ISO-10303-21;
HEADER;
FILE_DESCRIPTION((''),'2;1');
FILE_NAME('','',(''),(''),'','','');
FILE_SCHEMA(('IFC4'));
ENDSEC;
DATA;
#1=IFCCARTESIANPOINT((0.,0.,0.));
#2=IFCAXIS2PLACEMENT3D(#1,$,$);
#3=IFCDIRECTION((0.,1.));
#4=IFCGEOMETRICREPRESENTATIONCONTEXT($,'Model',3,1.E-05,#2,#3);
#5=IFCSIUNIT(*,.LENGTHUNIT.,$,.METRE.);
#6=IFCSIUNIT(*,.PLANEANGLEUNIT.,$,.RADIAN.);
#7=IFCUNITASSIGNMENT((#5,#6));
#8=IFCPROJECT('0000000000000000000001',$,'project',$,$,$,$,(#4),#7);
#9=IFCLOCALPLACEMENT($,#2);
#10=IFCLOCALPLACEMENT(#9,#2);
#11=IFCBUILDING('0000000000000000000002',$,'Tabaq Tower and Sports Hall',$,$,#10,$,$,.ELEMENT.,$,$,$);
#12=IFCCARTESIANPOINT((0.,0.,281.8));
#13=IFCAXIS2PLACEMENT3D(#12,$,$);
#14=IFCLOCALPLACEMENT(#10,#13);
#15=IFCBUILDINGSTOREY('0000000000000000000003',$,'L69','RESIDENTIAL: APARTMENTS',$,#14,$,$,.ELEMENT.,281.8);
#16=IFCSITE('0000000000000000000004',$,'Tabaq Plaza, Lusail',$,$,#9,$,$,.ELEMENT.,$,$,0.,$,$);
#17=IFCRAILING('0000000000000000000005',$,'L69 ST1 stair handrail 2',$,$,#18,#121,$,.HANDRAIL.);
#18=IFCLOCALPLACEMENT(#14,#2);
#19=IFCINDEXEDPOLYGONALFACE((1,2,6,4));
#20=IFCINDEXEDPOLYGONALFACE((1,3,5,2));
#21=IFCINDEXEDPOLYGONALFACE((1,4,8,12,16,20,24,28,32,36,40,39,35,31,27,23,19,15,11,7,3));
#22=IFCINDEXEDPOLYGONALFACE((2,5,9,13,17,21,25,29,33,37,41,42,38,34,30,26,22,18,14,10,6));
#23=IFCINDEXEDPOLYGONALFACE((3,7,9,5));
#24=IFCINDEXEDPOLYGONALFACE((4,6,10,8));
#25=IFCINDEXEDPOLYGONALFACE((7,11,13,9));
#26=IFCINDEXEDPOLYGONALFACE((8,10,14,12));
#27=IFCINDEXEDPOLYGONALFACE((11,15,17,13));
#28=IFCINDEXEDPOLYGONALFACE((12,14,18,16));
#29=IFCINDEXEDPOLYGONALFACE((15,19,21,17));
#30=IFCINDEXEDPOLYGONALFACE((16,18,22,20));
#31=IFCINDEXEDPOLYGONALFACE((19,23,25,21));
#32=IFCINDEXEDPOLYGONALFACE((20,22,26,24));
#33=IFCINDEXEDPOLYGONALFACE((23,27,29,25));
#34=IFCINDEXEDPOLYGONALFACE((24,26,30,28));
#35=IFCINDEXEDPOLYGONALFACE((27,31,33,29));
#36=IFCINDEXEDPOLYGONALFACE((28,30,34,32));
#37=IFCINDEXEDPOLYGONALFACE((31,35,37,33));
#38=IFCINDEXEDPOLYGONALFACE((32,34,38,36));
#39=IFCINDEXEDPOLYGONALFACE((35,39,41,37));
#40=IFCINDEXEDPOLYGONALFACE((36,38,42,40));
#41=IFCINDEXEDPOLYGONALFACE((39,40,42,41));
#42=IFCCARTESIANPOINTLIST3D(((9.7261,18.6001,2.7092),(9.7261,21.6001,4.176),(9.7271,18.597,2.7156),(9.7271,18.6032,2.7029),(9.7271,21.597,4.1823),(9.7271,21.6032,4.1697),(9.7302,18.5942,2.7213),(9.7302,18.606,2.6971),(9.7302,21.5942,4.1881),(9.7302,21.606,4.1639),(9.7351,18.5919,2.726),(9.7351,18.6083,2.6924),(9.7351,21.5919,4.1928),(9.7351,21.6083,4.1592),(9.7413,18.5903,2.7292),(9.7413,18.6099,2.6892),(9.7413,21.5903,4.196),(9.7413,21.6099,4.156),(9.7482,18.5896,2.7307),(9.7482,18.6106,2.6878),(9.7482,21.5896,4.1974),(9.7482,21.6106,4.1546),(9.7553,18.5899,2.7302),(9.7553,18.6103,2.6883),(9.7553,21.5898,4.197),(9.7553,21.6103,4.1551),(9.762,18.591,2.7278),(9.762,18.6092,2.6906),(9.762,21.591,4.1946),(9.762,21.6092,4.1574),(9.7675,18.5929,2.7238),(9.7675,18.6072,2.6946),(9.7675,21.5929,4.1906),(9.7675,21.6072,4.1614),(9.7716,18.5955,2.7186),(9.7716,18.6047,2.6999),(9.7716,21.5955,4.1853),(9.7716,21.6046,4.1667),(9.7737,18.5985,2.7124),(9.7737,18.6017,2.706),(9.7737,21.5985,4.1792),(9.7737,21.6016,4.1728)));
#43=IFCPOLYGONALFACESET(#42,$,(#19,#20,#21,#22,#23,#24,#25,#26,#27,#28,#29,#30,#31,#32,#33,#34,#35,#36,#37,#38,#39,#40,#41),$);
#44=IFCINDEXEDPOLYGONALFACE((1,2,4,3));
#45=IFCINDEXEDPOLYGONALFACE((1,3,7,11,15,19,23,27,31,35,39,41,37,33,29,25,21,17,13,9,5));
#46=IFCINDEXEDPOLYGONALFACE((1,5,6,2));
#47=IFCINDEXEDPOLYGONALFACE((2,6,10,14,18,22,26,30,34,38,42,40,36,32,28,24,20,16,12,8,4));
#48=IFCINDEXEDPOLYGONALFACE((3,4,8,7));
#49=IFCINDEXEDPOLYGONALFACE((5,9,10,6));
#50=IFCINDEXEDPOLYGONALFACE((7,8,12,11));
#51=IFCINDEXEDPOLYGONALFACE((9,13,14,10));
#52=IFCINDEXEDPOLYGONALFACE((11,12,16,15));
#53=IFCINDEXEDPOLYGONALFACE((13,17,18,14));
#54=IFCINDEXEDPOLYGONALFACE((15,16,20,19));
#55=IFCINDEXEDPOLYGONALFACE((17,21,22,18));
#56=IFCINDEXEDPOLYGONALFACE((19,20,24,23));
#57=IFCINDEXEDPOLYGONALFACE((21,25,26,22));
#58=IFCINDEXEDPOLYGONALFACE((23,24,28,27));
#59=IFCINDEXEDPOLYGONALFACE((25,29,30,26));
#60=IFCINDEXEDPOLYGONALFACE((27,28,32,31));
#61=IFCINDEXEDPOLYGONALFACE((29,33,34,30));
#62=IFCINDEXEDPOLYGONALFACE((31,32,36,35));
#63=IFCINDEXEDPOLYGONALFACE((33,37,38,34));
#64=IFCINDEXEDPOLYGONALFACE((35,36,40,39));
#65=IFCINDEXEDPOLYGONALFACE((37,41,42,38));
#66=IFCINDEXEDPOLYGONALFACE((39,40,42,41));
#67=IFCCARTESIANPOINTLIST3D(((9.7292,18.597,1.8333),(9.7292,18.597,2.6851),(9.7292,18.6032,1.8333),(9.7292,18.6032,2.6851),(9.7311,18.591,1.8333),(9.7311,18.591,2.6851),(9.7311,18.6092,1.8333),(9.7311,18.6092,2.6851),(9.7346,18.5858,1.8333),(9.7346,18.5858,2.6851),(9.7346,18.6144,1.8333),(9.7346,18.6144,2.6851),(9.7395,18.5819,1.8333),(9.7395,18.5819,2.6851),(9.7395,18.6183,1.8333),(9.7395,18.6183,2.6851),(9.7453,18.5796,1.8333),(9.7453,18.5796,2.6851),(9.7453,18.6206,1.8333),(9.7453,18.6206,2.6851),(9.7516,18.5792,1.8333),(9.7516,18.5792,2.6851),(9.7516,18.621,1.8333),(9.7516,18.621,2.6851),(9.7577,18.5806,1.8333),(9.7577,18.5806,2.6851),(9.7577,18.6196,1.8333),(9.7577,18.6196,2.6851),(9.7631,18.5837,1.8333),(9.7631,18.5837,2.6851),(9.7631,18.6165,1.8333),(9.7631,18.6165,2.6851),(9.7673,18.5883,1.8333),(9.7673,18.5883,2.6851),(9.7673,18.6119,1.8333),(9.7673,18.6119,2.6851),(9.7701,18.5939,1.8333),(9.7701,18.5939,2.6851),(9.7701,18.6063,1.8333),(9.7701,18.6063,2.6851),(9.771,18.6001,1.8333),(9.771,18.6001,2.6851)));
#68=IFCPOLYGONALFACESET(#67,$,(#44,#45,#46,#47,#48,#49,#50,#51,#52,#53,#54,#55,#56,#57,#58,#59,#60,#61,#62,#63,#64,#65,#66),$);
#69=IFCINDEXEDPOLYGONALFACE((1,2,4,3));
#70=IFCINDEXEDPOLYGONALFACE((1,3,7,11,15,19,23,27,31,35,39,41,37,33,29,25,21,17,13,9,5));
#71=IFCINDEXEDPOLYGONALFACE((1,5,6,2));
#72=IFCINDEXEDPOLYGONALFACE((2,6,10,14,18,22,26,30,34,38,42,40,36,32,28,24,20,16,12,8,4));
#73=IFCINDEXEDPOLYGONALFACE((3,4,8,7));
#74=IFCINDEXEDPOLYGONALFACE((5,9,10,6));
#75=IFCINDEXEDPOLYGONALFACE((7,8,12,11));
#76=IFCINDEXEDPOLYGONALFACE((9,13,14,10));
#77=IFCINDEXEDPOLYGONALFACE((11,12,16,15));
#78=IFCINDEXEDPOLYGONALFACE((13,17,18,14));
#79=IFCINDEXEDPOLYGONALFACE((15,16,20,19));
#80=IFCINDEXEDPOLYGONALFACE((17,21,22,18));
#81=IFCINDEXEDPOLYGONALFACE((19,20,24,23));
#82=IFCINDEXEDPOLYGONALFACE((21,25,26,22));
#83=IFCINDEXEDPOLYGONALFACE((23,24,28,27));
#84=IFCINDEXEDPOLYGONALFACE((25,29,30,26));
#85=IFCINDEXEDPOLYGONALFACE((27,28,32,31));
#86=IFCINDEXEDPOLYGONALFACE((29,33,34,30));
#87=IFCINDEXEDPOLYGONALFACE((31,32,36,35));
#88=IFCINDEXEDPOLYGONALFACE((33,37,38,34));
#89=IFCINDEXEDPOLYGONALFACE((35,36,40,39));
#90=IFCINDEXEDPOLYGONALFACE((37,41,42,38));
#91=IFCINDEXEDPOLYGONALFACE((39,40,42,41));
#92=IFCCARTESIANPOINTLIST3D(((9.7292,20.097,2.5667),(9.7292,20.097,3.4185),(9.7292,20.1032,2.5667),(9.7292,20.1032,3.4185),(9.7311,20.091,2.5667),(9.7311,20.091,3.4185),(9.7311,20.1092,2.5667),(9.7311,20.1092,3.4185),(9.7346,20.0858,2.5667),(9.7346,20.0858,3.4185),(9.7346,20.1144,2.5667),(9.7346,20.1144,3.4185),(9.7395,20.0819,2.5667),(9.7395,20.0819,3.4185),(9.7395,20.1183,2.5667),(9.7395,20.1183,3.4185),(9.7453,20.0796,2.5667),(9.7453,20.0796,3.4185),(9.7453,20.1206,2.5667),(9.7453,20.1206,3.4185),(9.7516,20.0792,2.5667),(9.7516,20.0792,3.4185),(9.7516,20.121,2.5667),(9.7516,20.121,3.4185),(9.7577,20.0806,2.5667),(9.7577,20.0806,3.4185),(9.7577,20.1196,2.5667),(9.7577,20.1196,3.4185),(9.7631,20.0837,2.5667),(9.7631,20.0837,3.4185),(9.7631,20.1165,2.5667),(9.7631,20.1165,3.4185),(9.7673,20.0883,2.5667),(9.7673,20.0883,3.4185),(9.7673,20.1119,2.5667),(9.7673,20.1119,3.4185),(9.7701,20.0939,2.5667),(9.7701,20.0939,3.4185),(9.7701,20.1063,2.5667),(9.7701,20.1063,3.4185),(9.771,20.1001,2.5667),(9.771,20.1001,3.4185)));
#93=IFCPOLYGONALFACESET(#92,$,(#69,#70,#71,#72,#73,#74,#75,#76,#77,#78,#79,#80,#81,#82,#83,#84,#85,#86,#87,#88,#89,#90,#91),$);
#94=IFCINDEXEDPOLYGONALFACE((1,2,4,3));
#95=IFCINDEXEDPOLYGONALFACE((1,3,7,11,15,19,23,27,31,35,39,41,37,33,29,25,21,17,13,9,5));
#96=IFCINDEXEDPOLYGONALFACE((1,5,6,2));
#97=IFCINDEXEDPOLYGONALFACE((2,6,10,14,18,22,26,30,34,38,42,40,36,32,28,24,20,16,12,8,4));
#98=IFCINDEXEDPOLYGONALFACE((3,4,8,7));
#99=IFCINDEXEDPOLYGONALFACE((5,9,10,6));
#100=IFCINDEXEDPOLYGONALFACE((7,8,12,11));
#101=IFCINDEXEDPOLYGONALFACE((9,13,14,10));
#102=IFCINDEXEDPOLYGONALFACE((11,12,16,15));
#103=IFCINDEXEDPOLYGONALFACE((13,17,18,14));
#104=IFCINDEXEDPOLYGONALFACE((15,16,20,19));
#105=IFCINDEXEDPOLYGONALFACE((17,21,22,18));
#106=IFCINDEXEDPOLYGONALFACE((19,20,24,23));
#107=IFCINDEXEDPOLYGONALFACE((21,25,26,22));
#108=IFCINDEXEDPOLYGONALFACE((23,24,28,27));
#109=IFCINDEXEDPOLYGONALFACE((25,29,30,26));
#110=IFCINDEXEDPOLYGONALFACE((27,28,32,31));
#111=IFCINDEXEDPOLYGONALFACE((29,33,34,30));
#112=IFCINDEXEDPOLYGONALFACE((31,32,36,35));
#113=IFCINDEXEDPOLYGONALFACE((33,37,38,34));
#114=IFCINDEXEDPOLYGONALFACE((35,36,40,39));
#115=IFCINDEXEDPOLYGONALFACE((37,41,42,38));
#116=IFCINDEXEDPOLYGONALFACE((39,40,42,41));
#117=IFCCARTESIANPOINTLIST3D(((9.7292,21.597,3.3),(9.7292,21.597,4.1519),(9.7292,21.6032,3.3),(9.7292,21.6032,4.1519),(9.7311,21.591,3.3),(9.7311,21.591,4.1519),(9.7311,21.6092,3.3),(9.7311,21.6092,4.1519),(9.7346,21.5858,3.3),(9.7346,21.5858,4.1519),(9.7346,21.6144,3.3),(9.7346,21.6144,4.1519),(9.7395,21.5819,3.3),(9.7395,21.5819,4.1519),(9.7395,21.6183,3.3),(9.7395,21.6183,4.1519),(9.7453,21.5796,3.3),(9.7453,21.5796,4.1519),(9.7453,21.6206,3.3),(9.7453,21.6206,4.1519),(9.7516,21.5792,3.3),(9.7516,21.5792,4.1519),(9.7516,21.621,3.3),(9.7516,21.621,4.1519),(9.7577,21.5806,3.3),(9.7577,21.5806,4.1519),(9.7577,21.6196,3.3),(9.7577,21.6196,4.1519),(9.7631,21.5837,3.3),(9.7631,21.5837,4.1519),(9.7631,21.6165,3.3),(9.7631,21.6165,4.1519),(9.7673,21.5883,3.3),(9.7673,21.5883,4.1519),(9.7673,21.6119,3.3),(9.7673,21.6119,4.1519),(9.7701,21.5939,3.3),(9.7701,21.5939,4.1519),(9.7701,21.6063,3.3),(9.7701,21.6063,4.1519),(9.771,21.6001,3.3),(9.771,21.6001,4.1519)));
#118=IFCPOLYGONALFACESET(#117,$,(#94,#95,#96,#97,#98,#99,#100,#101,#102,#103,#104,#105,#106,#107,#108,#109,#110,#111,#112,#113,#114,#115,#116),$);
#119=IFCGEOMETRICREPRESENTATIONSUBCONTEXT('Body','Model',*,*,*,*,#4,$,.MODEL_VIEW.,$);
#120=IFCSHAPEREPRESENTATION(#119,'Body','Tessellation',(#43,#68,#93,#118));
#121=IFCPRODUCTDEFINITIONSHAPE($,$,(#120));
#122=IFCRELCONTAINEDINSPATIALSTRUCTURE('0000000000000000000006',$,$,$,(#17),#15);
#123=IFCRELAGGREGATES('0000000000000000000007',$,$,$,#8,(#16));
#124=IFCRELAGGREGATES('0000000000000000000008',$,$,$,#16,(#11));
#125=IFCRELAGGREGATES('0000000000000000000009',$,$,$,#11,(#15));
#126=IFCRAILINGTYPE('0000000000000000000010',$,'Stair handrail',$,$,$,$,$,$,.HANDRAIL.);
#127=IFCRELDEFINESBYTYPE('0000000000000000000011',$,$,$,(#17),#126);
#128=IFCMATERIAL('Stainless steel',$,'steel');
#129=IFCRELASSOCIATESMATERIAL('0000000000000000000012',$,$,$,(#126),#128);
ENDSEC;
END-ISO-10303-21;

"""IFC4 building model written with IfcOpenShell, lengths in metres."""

from ifc_helpers import new_model, si_unit, direction, frame, origin, origin_2d, place, context, subcontext, project, spatial, circle, extrude, material, type_object, element, save


model = new_model("IFC4")

# Units and contexts
model_context = context("Model", 3, precision=1e-05, world=origin(), true_north=direction((0.0, 1.0)))
body_context = subcontext(model_context, "Body", "Model", "MODEL_VIEW")
ifc_project = project(units=[si_unit("LENGTHUNIT", "METRE"), si_unit("PLANEANGLEUNIT", "RADIAN")], contexts=[model_context])

# Site, building, storey
site_placement = place(None, origin())
site = spatial("IfcSite", under=ifc_project, at=site_placement, Name="Tabaq Plaza, Lusail", CompositionType="ELEMENT", RefElevation=0.0)
building_placement = place(site_placement, origin())
building = spatial("IfcBuilding", under=site, at=building_placement, Name="Tabaq Tower and Sports Hall", CompositionType="ELEMENT")
storey_placement = place(building_placement, frame((0.0, 0.0, 281.8)))
storey = spatial("IfcBuildingStorey", under=building, at=storey_placement, Name="L69", Description="RESIDENTIAL: APARTMENTS", CompositionType="ELEMENT", Elevation=281.8)

# Railing
ifc_material_1 = material(Name="Stainless steel", Category="steel")
railing_type = type_object("IfcRailingType", Name="Stair handrail", PredefinedType="HANDRAIL", material=ifc_material_1)
railing_1_placement = place(storey_placement, frame((9.75, 18.6001, 1.8333)))
element("IfcRailing", 1, at=railing_1_placement, inside=storey, type_object=railing_type, Name="L69 ST1 stair handrail 2", PredefinedType="HANDRAIL", context=body_context, shape_type="SweptSolid", body=[
    extrude(circle(Radius=0.0239, at=origin_2d()), frame((0.0, 0.0, 0.876), z_axis=(0.0, 0.898369, 0.439242), x_axis=(-1.0, 0.0, 0.0)), (0.0, 0.0, 1.0), 3.3394),
    extrude(circle(Radius=0.021, at=origin_2d()), origin(), (0.0, 0.0, 1.0), 0.8518),
    extrude(circle(Radius=0.021, at=origin_2d()), frame((0.0, 1.5, 0.7334)), (0.0, 0.0, 1.0), 0.8518),
    extrude(circle(Radius=0.021, at=origin_2d()), frame((0.0, 3.0, 1.4668)), (0.0, 0.0, 1.0), 0.8518),
])

save(model, "model.ifc")
